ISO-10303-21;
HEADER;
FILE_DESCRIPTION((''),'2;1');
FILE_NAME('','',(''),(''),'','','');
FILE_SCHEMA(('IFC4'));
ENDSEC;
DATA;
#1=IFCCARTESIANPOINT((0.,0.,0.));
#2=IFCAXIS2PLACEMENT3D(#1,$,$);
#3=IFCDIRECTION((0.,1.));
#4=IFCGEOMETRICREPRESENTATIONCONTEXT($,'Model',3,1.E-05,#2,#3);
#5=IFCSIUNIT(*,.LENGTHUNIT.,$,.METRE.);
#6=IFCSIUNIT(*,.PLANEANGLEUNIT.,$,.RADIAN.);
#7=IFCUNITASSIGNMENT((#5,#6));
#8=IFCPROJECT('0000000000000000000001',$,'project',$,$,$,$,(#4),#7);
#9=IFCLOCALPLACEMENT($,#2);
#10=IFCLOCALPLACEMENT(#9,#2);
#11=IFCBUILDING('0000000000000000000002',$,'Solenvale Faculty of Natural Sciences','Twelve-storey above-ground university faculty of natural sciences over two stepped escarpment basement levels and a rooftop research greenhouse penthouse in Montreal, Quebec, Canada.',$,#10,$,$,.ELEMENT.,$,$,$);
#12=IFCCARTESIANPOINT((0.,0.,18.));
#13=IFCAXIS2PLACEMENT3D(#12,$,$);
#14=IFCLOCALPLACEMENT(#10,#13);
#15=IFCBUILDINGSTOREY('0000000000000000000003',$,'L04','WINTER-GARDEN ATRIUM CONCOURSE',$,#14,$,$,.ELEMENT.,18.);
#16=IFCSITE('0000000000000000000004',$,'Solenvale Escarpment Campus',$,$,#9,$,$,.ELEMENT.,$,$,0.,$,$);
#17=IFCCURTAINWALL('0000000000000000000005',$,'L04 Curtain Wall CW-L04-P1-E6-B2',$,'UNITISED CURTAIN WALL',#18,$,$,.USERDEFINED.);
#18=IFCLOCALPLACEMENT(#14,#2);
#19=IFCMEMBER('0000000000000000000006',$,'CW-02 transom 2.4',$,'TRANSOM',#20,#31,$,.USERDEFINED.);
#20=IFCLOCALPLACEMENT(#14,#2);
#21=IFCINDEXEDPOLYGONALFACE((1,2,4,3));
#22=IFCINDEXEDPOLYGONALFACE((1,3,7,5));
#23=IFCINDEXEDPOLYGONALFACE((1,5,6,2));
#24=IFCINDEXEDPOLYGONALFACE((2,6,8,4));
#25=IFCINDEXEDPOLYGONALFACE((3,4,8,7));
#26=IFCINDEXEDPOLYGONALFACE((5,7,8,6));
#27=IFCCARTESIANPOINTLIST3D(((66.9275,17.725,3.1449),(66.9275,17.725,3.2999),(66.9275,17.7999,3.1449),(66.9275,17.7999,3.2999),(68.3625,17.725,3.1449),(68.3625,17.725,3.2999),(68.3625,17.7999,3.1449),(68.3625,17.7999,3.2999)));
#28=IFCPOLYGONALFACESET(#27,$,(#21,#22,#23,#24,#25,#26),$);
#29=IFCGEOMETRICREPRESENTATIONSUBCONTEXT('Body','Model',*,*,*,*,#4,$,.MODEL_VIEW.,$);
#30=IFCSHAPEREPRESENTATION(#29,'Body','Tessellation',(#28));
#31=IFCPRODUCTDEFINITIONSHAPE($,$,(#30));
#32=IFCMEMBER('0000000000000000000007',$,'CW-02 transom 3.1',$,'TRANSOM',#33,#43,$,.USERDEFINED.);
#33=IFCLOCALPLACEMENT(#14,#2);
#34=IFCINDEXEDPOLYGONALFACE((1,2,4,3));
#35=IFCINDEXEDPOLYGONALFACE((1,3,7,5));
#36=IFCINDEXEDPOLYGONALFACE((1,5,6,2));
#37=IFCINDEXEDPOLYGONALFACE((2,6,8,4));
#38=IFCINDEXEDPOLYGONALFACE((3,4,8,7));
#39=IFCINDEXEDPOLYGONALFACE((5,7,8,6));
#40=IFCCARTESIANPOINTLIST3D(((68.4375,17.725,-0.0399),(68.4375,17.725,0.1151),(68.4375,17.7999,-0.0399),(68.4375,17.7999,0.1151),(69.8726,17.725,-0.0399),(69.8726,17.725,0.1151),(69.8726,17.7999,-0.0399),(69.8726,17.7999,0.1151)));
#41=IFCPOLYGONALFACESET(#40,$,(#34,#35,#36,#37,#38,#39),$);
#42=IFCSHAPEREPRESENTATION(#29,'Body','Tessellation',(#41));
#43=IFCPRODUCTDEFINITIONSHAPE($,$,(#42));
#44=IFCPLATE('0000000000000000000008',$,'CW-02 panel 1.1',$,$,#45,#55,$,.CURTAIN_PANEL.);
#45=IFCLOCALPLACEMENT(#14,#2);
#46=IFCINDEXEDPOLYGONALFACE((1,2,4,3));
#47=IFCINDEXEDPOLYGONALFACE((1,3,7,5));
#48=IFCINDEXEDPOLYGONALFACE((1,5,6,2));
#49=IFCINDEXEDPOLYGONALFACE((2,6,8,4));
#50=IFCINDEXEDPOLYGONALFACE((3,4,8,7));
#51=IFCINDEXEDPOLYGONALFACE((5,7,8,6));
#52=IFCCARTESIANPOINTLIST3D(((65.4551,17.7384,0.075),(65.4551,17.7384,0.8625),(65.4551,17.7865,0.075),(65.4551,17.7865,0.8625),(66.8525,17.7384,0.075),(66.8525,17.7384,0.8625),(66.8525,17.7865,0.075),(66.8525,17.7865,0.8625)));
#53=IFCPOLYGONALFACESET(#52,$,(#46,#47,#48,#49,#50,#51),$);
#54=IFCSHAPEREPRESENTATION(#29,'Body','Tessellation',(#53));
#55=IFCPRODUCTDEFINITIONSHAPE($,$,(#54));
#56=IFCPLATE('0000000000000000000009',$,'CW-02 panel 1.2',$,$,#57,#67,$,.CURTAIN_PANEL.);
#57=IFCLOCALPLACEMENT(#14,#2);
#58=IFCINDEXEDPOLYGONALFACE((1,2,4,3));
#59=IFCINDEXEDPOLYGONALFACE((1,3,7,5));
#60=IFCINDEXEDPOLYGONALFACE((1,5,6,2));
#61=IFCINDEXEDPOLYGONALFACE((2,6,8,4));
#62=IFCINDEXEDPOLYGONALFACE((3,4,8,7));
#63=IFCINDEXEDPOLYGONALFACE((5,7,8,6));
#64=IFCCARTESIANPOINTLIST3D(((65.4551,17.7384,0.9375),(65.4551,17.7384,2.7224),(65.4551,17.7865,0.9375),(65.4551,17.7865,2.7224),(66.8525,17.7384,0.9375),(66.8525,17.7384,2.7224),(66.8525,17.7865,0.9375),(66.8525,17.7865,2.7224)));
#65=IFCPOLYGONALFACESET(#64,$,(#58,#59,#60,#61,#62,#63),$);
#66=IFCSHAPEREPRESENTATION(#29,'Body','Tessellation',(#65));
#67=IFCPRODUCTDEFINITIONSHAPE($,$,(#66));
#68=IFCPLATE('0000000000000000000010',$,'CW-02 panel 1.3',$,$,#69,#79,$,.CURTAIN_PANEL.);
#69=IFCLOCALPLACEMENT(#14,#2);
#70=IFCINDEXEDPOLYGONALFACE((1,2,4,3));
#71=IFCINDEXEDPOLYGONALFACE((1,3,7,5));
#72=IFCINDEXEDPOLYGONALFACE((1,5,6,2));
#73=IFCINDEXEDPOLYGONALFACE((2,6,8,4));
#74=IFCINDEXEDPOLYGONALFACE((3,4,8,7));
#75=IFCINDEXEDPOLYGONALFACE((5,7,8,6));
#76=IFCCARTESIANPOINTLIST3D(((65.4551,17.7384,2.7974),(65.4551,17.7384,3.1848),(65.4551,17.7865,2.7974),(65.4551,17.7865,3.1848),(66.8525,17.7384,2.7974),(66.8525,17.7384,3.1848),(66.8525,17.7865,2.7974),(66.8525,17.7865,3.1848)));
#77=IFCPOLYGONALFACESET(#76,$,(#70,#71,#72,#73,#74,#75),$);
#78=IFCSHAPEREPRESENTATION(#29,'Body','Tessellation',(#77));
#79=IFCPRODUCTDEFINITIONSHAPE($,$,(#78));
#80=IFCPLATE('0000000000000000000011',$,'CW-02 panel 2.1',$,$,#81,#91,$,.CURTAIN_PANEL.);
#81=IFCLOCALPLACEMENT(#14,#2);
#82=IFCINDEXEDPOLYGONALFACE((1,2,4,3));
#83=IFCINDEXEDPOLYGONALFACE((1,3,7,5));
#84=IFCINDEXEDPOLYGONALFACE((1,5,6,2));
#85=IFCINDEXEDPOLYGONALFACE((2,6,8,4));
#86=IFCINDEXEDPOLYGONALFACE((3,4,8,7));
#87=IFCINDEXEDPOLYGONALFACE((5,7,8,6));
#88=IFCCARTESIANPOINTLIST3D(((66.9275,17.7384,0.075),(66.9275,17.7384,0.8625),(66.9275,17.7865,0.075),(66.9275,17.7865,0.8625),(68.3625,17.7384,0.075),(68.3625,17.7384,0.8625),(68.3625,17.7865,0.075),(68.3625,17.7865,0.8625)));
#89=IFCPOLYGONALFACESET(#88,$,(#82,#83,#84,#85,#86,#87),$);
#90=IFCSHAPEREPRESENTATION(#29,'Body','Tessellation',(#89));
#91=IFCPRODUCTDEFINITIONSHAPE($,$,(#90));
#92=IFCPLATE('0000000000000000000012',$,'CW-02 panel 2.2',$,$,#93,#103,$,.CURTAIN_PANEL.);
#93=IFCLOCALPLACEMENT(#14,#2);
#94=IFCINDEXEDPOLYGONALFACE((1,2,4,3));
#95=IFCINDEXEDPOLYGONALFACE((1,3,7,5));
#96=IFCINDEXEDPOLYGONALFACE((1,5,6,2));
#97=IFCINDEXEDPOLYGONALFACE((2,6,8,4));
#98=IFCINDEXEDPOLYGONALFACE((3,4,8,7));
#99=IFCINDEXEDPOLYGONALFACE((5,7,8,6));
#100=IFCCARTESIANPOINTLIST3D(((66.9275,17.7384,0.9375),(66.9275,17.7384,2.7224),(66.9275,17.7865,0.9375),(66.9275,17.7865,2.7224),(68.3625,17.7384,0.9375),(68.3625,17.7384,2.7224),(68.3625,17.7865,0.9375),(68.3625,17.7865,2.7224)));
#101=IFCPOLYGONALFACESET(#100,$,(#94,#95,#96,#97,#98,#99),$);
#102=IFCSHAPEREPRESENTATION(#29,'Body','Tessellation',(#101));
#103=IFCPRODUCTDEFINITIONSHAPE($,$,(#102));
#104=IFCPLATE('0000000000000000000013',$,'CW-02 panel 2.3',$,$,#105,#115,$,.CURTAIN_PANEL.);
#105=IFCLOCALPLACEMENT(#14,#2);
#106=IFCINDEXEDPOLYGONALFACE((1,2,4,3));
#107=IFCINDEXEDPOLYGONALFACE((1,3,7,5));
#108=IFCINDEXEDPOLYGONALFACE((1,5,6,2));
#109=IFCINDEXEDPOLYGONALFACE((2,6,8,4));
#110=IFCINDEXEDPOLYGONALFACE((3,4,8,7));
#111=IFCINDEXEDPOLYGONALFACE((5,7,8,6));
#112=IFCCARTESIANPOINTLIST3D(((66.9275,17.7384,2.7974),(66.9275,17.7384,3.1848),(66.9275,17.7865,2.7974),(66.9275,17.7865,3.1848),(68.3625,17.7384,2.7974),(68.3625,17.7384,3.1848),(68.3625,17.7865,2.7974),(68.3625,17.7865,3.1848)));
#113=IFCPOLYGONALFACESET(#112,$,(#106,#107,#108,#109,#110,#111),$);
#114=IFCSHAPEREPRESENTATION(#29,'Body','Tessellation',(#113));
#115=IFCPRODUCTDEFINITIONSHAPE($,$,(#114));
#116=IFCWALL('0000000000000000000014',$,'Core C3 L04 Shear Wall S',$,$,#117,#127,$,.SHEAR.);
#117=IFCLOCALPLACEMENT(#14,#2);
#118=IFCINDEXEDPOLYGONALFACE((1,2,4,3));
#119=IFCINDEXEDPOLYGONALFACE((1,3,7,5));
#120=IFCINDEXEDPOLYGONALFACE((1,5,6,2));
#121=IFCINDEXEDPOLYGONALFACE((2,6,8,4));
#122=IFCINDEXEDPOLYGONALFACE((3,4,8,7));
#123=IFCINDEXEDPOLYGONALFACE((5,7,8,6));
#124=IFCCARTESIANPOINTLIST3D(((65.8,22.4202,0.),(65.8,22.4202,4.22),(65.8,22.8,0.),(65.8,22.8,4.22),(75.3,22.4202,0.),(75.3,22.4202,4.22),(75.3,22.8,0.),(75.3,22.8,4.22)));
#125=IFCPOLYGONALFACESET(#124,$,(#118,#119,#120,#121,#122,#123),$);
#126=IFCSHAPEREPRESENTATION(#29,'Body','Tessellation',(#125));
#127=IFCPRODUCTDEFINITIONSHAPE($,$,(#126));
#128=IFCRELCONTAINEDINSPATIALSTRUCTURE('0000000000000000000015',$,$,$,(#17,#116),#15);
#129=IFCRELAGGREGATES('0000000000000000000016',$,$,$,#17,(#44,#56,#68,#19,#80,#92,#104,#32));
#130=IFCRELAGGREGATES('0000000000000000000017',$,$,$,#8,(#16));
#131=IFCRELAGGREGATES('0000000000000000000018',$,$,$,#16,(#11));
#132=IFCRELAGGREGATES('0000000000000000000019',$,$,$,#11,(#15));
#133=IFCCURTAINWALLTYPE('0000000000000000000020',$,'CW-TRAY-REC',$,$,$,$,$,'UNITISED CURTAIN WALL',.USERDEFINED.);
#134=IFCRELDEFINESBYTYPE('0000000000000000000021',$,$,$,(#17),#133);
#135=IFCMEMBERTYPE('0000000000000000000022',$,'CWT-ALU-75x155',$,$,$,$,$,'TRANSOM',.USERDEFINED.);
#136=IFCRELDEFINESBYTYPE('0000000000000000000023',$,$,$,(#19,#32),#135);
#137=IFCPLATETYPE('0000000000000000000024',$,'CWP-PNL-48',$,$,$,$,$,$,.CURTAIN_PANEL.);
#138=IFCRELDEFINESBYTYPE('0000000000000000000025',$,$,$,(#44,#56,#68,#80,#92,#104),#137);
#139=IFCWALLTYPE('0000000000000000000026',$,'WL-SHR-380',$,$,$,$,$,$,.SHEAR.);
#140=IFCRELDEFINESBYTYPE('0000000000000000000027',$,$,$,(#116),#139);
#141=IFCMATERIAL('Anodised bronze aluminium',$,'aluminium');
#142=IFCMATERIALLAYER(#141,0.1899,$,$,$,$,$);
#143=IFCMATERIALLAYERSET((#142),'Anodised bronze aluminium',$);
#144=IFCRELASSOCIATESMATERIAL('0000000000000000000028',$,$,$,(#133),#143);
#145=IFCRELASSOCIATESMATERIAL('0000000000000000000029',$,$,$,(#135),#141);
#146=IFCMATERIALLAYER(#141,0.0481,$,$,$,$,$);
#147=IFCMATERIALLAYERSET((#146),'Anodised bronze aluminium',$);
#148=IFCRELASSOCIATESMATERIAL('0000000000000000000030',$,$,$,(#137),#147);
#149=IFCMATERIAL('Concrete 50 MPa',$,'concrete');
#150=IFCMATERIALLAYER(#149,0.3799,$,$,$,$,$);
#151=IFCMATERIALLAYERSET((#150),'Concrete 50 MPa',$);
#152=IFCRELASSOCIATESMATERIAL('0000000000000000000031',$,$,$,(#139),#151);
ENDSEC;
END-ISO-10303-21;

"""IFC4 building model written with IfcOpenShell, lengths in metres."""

from ifc_helpers import new_model, si_unit, direction, frame, frame_2d, origin, origin_2d, place, context, subcontext, project, spatial, rectangle, extrude, material, layer, layer_set, material_profile, profile_set, type_object, element, aggregate, save


model = new_model("IFC4")

# Units and contexts
model_context = context("Model", 3, precision=1e-05, world=origin(), true_north=direction((0.0, 1.0)))
body_context = subcontext(model_context, "Body", "Model", "MODEL_VIEW")
ifc_project = project(units=[si_unit("LENGTHUNIT", "METRE"), si_unit("PLANEANGLEUNIT", "RADIAN")], contexts=[model_context])

# Site, building, storey
site_placement = place(None, origin())
site = spatial("IfcSite", under=ifc_project, at=site_placement, Name="Solenvale Escarpment Campus", CompositionType="ELEMENT", RefElevation=0.0)
building_placement = place(site_placement, origin())
building = spatial("IfcBuilding", under=site, at=building_placement, Name="Solenvale Faculty of Natural Sciences", Description="Twelve-storey above-ground university faculty of natural sciences over two stepped escarpment basement levels and a rooftop research greenhouse penthouse in Montreal, Quebec, Canada.", CompositionType="ELEMENT")
storey_placement = place(building_placement, frame((0.0, 0.0, 18.0)))
storey = spatial("IfcBuildingStorey", under=building, at=storey_placement, Name="L04", Description="WINTER-GARDEN ATRIUM CONCOURSE", CompositionType="ELEMENT", Elevation=18.0)

# Shared definitions
ifc_material_1 = material(Name="Concrete 50 MPa", Category="concrete")

# Curtain wall, members, plates
ifc_material_2 = material(Name="Anodised bronze aluminium", Category="aluminium")
ifc_layer_1 = layer(ifc_material_2, 0.1899)
ifc_layer_set_1 = layer_set([ifc_layer_1], Name="Anodised bronze aluminium")
curtain_wall_type = type_object("IfcCurtainWallType", Name="CW-TRAY-REC", ElementType="UNITISED CURTAIN WALL", PredefinedType="USERDEFINED", material=ifc_layer_set_1)
curtain_wall_placement = place(storey_placement, origin())
curtain_wall = element("IfcCurtainWall", 1, at=curtain_wall_placement, inside=storey, type_object=curtain_wall_type, Name="L04 Curtain Wall CW-L04-P1-E6-B2", ObjectType="UNITISED CURTAIN WALL", PredefinedType="USERDEFINED")
ifc_material_profile_1 = material_profile(ifc_material_2, rectangle(XDim=0.075, YDim=0.155, at=origin_2d()), Name="ALU-TRN-75x155")
ifc_profile_set_1 = profile_set([ifc_material_profile_1], Name="Anodised bronze aluminium")
member_type_1 = type_object("IfcMemberType", Name="CWT-ALU-75x155", ElementType="TRANSOM", PredefinedType="USERDEFINED", material=ifc_profile_set_1)
member_1_placement = place(storey_placement, frame((66.9275, 17.7625, 3.2224), z_axis=(1.0, 0.0, 0.0), x_axis=(0.0, 1.0, 0.0)))
member_1 = element("IfcMember", 2, at=member_1_placement, type_object=member_type_1, Name="CW-02 transom 2.4", ObjectType="TRANSOM", PredefinedType="USERDEFINED", context=body_context, shape_type="SweptSolid", body=[
    extrude(rectangle(XDim=0.075, YDim=0.155, at=origin_2d()), origin(), (0.0, 0.0, 1.0), 1.4351),
])
member_2_placement = place(storey_placement, frame((68.4375, 17.7625, 0.0376), z_axis=(1.0, 0.0, 0.0), x_axis=(0.0, 1.0, 0.0)))
member_2 = element("IfcMember", 3, at=member_2_placement, type_object=member_type_1, Name="CW-02 transom 3.1", ObjectType="TRANSOM", PredefinedType="USERDEFINED", context=body_context, shape_type="SweptSolid", body=[
    extrude(rectangle(XDim=0.075, YDim=0.155, at=origin_2d()), origin(), (0.0, 0.0, 1.0), 1.4351),
])
ifc_layer_2 = layer(ifc_material_2, 0.0481)
ifc_layer_set_2 = layer_set([ifc_layer_2], Name="Anodised bronze aluminium")
plate_type = type_object("IfcPlateType", Name="CWP-PNL-48", PredefinedType="CURTAIN_PANEL", material=ifc_layer_set_2)
plate_1_placement = place(storey_placement, frame((66.1538, 17.7625, 0.075), z_axis=(0.0, 0.0, 1.0), x_axis=(1.0, 0.0, 0.0)))
plate_1 = element("IfcPlate", 4, at=plate_1_placement, type_object=plate_type, Name="CW-02 panel 1.1", PredefinedType="CURTAIN_PANEL", context=body_context, shape_type="SweptSolid", body=[
    extrude(rectangle(XDim=1.3975, YDim=0.0481, at=origin_2d()), origin(), (0.0, 0.0, 1.0), 0.7876),
])
plate_2_placement = place(storey_placement, frame((66.1538, 17.7625, 0.9375), z_axis=(0.0, 0.0, 1.0), x_axis=(1.0, 0.0, 0.0)))
plate_2 = element("IfcPlate", 5, at=plate_2_placement, type_object=plate_type, Name="CW-02 panel 1.2", PredefinedType="CURTAIN_PANEL", context=body_context, shape_type="SweptSolid", body=[
    extrude(rectangle(XDim=1.3975, YDim=0.0481, at=origin_2d()), origin(), (0.0, 0.0, 1.0), 1.7849),
])
plate_3_placement = place(storey_placement, frame((66.1538, 17.7625, 2.7974), z_axis=(0.0, 0.0, 1.0), x_axis=(1.0, 0.0, 0.0)))
plate_3 = element("IfcPlate", 6, at=plate_3_placement, type_object=plate_type, Name="CW-02 panel 1.3", PredefinedType="CURTAIN_PANEL", context=body_context, shape_type="SweptSolid", body=[
    extrude(rectangle(XDim=1.3975, YDim=0.0481, at=origin_2d()), origin(), (0.0, 0.0, 1.0), 0.3875),
])
plate_4_placement = place(storey_placement, frame((67.645, 17.7625, 0.075), z_axis=(0.0, 0.0, 1.0), x_axis=(1.0, 0.0, 0.0)))
plate_4 = element("IfcPlate", 7, at=plate_4_placement, type_object=plate_type, Name="CW-02 panel 2.1", PredefinedType="CURTAIN_PANEL", context=body_context, shape_type="SweptSolid", body=[
    extrude(rectangle(XDim=1.4351, YDim=0.0481, at=origin_2d()), origin(), (0.0, 0.0, 1.0), 0.7876),
])
plate_5_placement = place(storey_placement, frame((67.645, 17.7625, 0.9375), z_axis=(0.0, 0.0, 1.0), x_axis=(1.0, 0.0, 0.0)))
plate_5 = element("IfcPlate", 8, at=plate_5_placement, type_object=plate_type, Name="CW-02 panel 2.2", PredefinedType="CURTAIN_PANEL", context=body_context, shape_type="SweptSolid", body=[
    extrude(rectangle(XDim=1.4351, YDim=0.0481, at=origin_2d()), origin(), (0.0, 0.0, 1.0), 1.7849),
])
plate_6_placement = place(storey_placement, frame((67.645, 17.7625, 2.7974), z_axis=(0.0, 0.0, 1.0), x_axis=(1.0, 0.0, 0.0)))
plate_6 = element("IfcPlate", 9, at=plate_6_placement, type_object=plate_type, Name="CW-02 panel 2.3", PredefinedType="CURTAIN_PANEL", context=body_context, shape_type="SweptSolid", body=[
    extrude(rectangle(XDim=1.4351, YDim=0.0481, at=origin_2d()), origin(), (0.0, 0.0, 1.0), 0.3875),
])
aggregate(curtain_wall, [plate_1, plate_2, plate_3, member_1, plate_4, plate_5, plate_6, member_2])

# Wall
ifc_layer_3 = layer(ifc_material_1, 0.3799)
ifc_layer_set_3 = layer_set([ifc_layer_3], Name="Concrete 50 MPa")
wall_type = type_object("IfcWallType", Name="WL-SHR-380", PredefinedType="SHEAR", material=ifc_layer_set_3)
wall_placement = place(storey_placement, frame((65.8, 22.6101, 0.0), z_axis=(0.0, 0.0, 1.0), x_axis=(1.0, 0.0, 0.0)))
element("IfcWall", 10, at=wall_placement, inside=storey, type_object=wall_type, Name="Core C3 L04 Shear Wall S", PredefinedType="SHEAR", context=body_context, shape_type="SweptSolid", body=[
    extrude(rectangle(XDim=9.5, YDim=0.3799, at=frame_2d((4.75, 0.0))), origin(), (0.0, 0.0, 1.0), 4.22),
])

save(model, "model.ifc")
